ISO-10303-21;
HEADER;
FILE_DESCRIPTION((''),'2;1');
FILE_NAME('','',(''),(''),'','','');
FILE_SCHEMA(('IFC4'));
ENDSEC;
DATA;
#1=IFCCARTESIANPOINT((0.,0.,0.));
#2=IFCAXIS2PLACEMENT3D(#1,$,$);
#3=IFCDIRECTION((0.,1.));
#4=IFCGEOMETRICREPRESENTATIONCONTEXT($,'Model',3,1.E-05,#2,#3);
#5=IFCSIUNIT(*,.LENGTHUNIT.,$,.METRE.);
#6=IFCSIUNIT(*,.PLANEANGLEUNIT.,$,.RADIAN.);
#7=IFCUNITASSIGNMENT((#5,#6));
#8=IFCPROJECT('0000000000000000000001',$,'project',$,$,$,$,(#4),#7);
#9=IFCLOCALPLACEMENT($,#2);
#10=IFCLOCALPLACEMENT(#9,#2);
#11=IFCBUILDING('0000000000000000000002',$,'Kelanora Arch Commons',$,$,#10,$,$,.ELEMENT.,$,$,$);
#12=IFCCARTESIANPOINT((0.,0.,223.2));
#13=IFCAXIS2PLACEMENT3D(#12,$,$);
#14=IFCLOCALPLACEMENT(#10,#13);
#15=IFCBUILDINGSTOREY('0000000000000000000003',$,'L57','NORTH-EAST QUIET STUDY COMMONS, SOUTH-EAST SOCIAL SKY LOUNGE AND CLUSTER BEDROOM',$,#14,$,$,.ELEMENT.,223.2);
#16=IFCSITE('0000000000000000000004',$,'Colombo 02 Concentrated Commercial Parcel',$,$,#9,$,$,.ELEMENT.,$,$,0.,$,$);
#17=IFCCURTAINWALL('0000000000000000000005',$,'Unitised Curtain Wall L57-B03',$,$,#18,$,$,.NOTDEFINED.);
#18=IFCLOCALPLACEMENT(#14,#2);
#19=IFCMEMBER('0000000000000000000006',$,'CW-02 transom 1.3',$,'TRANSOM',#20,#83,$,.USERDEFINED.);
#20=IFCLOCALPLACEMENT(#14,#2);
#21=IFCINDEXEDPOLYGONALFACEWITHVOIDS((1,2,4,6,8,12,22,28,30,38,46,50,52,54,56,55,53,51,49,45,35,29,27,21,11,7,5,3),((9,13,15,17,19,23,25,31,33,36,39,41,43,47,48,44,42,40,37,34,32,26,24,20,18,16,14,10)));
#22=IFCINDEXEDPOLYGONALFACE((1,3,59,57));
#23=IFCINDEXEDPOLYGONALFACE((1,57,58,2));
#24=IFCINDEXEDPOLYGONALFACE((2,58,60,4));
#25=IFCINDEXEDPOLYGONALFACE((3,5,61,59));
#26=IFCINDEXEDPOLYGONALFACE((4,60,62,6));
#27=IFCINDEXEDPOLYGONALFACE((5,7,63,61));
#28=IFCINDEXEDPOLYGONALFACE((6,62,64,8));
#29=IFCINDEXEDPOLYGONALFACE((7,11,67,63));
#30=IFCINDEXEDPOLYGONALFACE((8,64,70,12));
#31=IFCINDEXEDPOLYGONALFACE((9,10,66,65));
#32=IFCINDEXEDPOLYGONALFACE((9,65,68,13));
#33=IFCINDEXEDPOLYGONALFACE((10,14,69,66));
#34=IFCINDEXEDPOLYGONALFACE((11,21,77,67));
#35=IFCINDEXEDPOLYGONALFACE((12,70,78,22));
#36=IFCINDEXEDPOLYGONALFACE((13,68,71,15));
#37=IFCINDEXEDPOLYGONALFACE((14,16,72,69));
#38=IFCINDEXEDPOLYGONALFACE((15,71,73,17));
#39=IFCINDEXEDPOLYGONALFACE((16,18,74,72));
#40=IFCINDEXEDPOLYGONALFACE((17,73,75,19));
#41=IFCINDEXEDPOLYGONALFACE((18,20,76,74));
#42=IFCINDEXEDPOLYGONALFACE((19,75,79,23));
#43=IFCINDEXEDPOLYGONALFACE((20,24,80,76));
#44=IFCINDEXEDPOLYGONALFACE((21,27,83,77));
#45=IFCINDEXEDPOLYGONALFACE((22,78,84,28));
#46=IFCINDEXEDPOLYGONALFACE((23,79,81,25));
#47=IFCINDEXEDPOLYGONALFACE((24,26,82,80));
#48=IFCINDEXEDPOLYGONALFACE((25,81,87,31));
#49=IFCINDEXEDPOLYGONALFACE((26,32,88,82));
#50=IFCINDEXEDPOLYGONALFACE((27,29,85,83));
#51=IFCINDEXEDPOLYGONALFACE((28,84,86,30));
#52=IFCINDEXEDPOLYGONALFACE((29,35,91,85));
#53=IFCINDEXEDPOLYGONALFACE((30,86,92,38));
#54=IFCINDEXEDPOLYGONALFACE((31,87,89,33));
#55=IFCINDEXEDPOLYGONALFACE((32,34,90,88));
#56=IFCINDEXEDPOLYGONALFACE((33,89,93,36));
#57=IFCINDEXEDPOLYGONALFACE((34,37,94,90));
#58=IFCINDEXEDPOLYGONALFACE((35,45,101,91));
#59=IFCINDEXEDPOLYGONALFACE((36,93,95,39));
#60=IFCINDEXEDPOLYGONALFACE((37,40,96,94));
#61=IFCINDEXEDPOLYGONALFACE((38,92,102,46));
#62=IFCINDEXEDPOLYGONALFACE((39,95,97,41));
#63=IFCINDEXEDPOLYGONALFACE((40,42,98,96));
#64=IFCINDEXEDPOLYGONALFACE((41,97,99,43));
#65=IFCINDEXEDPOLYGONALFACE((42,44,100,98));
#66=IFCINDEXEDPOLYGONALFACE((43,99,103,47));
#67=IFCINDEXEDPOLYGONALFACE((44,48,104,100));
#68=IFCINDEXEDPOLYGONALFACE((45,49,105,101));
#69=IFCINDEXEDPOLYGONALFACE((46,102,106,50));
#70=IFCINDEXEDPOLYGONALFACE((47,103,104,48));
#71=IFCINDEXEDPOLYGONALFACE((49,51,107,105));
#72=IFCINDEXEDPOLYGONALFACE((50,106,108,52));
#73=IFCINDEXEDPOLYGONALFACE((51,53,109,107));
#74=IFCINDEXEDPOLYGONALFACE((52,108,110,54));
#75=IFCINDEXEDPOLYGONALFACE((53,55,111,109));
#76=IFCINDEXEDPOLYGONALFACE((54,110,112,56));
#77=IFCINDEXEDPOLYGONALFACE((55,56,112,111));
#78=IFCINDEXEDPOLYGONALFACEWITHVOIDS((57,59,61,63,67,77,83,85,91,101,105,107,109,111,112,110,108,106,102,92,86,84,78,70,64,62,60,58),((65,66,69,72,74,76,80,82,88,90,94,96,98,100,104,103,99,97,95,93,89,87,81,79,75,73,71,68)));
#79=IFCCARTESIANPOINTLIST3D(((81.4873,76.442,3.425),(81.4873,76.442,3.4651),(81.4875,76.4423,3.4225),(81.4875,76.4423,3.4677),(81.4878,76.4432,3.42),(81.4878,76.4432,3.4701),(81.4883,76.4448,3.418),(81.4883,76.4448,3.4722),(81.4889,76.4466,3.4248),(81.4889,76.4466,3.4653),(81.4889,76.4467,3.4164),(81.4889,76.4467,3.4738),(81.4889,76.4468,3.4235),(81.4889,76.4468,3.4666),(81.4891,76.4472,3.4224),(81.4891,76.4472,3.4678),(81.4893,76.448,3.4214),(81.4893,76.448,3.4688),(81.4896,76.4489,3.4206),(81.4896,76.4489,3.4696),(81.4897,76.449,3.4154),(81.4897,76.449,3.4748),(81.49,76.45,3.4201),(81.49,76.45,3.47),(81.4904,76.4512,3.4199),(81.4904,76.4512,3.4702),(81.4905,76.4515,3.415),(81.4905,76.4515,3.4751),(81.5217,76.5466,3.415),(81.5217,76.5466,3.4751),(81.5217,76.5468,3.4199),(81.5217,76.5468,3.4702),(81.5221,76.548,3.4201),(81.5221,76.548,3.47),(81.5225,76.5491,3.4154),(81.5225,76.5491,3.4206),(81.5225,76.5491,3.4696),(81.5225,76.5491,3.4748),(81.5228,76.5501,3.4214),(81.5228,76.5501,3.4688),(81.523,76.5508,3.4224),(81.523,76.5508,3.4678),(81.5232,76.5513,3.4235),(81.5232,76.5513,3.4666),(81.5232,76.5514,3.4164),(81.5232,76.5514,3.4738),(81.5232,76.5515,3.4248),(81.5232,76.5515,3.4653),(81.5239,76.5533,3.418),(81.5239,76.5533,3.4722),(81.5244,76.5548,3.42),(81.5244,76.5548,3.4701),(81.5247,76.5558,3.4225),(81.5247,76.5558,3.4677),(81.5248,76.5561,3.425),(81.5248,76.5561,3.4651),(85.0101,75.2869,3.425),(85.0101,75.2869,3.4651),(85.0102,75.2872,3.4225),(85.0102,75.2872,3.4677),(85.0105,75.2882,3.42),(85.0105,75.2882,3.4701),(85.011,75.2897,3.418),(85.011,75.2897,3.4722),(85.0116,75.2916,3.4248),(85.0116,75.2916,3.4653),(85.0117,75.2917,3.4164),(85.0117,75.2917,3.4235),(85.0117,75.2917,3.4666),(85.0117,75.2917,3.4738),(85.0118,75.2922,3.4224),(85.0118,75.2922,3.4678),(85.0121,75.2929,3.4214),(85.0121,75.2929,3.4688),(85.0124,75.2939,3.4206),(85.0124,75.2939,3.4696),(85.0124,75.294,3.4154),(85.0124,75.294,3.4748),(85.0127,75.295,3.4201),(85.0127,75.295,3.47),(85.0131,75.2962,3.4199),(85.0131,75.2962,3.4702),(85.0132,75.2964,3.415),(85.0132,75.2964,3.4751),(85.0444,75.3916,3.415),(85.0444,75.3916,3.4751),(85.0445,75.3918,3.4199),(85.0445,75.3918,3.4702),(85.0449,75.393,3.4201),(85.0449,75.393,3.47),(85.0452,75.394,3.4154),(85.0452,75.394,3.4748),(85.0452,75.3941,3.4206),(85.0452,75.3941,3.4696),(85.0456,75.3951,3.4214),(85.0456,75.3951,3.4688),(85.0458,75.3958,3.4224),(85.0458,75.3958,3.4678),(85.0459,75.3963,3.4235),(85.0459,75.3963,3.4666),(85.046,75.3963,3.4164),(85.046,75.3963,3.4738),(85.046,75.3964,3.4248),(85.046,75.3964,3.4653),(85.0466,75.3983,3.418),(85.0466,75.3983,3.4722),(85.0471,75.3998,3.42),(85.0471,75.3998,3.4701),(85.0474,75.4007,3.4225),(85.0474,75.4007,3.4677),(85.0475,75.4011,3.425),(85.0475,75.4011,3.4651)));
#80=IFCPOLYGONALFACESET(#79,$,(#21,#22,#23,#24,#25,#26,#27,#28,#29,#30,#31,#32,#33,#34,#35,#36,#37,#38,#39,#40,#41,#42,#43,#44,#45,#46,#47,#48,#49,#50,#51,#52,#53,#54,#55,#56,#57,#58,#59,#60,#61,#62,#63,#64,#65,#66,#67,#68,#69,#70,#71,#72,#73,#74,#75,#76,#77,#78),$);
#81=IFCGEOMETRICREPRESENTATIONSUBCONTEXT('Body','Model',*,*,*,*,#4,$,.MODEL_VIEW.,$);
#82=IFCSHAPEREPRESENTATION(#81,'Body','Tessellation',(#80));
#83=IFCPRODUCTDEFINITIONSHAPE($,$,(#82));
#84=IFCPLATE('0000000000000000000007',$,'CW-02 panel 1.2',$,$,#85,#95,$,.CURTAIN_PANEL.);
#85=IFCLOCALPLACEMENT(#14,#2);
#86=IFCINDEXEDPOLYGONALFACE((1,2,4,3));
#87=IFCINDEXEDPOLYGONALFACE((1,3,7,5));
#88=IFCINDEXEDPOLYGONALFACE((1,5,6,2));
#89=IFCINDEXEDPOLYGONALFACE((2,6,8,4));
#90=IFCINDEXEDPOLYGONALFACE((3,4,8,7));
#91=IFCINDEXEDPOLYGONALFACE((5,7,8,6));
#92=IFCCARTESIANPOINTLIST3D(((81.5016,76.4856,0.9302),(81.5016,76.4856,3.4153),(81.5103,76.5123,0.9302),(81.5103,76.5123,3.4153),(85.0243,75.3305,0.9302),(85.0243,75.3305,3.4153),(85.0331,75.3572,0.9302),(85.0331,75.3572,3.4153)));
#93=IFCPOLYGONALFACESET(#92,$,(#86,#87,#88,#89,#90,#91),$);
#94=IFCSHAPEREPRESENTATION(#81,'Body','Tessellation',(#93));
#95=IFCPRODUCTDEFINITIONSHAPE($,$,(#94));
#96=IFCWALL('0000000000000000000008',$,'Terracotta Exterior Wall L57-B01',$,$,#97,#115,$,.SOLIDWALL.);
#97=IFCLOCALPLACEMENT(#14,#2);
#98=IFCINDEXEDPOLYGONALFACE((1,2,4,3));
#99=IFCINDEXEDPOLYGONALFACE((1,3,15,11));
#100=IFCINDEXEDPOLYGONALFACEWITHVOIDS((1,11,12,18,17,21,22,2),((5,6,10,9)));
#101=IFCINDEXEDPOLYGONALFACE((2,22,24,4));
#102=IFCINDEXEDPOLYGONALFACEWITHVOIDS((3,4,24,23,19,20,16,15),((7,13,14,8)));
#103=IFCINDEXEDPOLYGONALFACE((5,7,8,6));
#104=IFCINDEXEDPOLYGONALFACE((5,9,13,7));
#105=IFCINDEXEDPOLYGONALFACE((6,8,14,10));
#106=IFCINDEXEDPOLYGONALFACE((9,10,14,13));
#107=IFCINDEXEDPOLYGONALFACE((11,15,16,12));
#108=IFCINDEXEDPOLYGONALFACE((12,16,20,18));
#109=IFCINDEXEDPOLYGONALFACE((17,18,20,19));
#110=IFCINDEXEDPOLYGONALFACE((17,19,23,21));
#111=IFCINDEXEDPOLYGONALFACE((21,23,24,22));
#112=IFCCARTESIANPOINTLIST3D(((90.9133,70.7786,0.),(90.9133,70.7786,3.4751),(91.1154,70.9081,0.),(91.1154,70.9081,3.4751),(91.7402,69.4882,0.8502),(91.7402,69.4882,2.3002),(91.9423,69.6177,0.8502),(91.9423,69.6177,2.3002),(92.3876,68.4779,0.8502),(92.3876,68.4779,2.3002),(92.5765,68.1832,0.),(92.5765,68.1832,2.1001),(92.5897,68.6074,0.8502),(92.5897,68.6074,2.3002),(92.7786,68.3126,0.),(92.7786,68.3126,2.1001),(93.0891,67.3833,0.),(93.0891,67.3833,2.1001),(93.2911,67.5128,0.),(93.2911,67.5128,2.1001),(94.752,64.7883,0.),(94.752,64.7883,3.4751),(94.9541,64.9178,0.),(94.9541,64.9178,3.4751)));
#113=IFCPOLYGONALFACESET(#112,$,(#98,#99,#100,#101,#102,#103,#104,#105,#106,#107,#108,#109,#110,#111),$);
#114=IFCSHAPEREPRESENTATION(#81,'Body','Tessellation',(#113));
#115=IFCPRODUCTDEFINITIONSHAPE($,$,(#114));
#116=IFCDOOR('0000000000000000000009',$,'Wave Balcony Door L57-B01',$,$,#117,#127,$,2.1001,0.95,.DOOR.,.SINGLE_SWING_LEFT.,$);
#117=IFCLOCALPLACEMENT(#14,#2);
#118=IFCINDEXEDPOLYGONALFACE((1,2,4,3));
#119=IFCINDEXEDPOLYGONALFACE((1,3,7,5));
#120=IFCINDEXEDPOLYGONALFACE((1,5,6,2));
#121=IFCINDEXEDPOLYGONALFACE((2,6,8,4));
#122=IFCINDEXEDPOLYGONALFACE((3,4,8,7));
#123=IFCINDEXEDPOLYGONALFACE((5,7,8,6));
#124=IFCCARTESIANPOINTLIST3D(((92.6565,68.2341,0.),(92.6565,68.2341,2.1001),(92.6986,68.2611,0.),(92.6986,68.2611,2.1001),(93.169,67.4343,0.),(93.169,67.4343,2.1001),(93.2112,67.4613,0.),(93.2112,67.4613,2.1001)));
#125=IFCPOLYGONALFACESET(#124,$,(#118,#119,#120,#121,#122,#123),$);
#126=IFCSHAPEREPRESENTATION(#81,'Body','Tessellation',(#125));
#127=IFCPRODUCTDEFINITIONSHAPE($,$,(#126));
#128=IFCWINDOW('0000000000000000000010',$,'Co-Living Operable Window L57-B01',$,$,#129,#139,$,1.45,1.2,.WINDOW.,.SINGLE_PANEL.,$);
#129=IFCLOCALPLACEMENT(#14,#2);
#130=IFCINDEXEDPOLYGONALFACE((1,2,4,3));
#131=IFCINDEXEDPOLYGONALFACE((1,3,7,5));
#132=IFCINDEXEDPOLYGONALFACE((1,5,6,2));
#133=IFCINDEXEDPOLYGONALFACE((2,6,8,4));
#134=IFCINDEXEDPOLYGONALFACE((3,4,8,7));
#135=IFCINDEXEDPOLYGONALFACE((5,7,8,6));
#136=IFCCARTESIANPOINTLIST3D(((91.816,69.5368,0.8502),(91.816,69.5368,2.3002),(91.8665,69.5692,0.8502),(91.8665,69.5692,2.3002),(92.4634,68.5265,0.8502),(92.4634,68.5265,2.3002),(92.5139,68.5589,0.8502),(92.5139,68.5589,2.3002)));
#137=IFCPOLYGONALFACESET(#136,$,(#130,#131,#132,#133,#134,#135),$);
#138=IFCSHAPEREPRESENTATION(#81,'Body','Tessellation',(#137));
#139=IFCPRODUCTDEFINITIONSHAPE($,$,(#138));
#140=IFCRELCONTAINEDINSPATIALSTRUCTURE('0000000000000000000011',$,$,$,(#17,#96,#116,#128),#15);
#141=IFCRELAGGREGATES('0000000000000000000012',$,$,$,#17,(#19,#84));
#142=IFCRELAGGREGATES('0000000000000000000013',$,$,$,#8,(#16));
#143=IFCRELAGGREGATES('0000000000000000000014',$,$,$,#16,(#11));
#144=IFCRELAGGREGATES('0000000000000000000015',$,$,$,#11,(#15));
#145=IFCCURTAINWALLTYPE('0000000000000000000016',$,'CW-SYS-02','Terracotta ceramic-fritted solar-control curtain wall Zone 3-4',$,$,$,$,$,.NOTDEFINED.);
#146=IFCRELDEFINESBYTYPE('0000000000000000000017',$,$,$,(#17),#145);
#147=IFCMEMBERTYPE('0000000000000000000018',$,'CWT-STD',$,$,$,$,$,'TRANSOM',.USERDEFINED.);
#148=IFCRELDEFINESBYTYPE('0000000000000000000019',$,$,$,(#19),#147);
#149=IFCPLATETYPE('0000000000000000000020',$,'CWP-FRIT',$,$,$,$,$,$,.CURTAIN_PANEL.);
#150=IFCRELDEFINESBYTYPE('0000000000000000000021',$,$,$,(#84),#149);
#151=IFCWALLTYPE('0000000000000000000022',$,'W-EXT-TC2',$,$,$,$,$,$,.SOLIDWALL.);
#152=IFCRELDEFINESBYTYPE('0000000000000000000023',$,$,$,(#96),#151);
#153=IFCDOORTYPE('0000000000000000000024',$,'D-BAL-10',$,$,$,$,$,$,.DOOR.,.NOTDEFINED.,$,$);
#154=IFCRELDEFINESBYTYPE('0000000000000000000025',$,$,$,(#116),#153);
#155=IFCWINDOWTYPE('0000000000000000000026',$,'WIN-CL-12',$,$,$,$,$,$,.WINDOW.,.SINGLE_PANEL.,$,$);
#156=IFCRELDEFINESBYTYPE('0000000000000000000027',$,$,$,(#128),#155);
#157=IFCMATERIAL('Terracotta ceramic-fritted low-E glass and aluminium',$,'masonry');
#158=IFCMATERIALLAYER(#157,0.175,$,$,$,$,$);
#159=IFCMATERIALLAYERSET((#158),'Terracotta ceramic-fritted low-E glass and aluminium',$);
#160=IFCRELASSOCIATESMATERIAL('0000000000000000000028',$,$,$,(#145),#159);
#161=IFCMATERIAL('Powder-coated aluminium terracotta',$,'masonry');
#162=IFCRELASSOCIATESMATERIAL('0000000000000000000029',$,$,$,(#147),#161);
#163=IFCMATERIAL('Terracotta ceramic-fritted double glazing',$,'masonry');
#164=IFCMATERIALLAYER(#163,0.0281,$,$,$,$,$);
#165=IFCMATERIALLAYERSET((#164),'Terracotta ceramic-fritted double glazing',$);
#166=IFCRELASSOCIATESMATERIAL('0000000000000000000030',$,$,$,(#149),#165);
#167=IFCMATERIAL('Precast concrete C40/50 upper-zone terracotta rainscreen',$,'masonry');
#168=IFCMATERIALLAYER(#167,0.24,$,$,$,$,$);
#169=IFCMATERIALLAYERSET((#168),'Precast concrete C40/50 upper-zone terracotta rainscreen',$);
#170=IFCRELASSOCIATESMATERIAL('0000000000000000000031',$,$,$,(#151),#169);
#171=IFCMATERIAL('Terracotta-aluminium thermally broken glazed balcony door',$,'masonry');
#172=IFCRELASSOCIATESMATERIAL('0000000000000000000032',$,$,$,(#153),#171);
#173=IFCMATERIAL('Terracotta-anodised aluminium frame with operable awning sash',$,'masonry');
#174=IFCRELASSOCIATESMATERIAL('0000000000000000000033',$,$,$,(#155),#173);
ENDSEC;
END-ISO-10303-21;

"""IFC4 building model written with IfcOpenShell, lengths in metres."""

from ifc_helpers import new_model, si_unit, direction, frame, frame_2d, origin, origin_2d, place, context, subcontext, project, spatial, rectangle, hollow_rectangle, extrude, source, transform, mapped, material, layer, layer_set, material_profile, profile_set, type_object, element, fill, aggregate, save


model = new_model("IFC4")

# Units and contexts
model_context = context("Model", 3, precision=1e-05, world=origin(), true_north=direction((0.0, 1.0)))
body_context = subcontext(model_context, "Body", "Model", "MODEL_VIEW")
ifc_project = project(units=[si_unit("LENGTHUNIT", "METRE"), si_unit("PLANEANGLEUNIT", "RADIAN")], contexts=[model_context])

# Site, building, storey
site_placement = place(None, origin())
site = spatial("IfcSite", under=ifc_project, at=site_placement, Name="Colombo 02 Concentrated Commercial Parcel", CompositionType="ELEMENT", RefElevation=0.0)
building_placement = place(site_placement, origin())
building = spatial("IfcBuilding", under=site, at=building_placement, Name="Kelanora Arch Commons", CompositionType="ELEMENT")
storey_placement = place(building_placement, frame((0.0, 0.0, 223.2)))
storey = spatial("IfcBuildingStorey", under=building, at=storey_placement, Name="L57", Description="NORTH-EAST QUIET STUDY COMMONS, SOUTH-EAST SOCIAL SKY LOUNGE AND CLUSTER BEDROOM", CompositionType="ELEMENT", Elevation=223.2)

# Shared definitions
ifc_material_1 = material(Name="Terracotta ceramic-fritted low-E glass and aluminium", Category="masonry")
ifc_layer_1 = layer(ifc_material_1, 0.175)
ifc_layer_set_1 = layer_set([ifc_layer_1], Name="Terracotta ceramic-fritted low-E glass and aluminium")
curtain_wall_type = type_object("IfcCurtainWallType", Name="CW-SYS-02", Description="Terracotta ceramic-fritted solar-control curtain wall Zone 3-4", PredefinedType="NOTDEFINED", material=ifc_layer_set_1)
ifc_material_2 = material(Name="Powder-coated aluminium terracotta", Category="masonry")

# Curtain wall, member, plate
curtain_wall_1_placement = place(storey_placement, origin())
curtain_wall_1 = element("IfcCurtainWall", 1, at=curtain_wall_1_placement, inside=storey, type_object=curtain_wall_type, Name="Unitised Curtain Wall L57-B03", PredefinedType="NOTDEFINED")
ifc_material_profile_1 = material_profile(ifc_material_2, hollow_rectangle(XDim=0.1201, YDim=0.0601, WallThickness=0.0049, InnerFilletRadius=0.0049, OuterFilletRadius=0.01, at=origin_2d()), Name="CWT120x60")
ifc_profile_set_1 = profile_set([ifc_material_profile_1], Name="Powder-coated aluminium terracotta")
member_type_1 = type_object("IfcMemberType", Name="CWT-STD", ElementType="TRANSOM", PredefinedType="USERDEFINED", material=ifc_profile_set_1)
member_1_placement = place(storey_placement, frame((85.0288, 75.344, 3.4451), z_axis=(-0.950226, 0.311561, 0.0), x_axis=(-0.311561, -0.950226, 0.0)))
member_1 = element("IfcMember", 2, at=member_1_placement, type_object=member_type_1, Name="CW-02 transom 1.3", ObjectType="TRANSOM", PredefinedType="USERDEFINED", context=body_context, shape_type="SweptSolid", body=[
    extrude(hollow_rectangle(XDim=0.1201, YDim=0.0601, WallThickness=0.0049, InnerFilletRadius=0.0049, OuterFilletRadius=0.01, at=origin_2d()), origin(), (0.0, 0.0, 1.0), 3.7073),
])
ifc_material_3 = material(Name="Terracotta ceramic-fritted double glazing", Category="masonry")
ifc_layer_2 = layer(ifc_material_3, 0.0281)
ifc_layer_set_2 = layer_set([ifc_layer_2], Name="Terracotta ceramic-fritted double glazing")
plate_type = type_object("IfcPlateType", Name="CWP-FRIT", PredefinedType="CURTAIN_PANEL", material=ifc_layer_set_2)
shared_shape_1 = source(origin(), body_context, "Body", "SweptSolid", [
    extrude(rectangle(XDim=3.7073, YDim=0.0281, at=origin_2d()), origin(), (0.0, 0.0, 1.0), 2.4851),
])
plate_placement = place(storey_placement, frame((83.2673, 75.9214, 0.9302), z_axis=(0.0, 0.0, 1.0), x_axis=(-0.950219, 0.311582, 0.0)))
plate = element("IfcPlate", 3, at=plate_placement, type_object=plate_type, Name="CW-02 panel 1.2", PredefinedType="CURTAIN_PANEL", context=body_context, shape_type="MappedRepresentation", body=[
    mapped(shared_shape_1, transform((0.0, 0.0, 0.0), scale=1.0)),
])
aggregate(curtain_wall_1, [member_1, plate])

# Wall, openings, door, window
ifc_material_4 = material(Name="Precast concrete C40/50 upper-zone terracotta rainscreen", Category="masonry")
ifc_layer_3 = layer(ifc_material_4, 0.24)
ifc_layer_set_3 = layer_set([ifc_layer_3], Name="Precast concrete C40/50 upper-zone terracotta rainscreen")
wall_type = type_object("IfcWallType", Name="W-EXT-TC2", PredefinedType="SOLIDWALL", material=ifc_layer_set_3)
wall_1_placement = place(storey_placement, frame((94.853, 64.853, 0.0), z_axis=(0.0, 0.0, 1.0), x_axis=(-0.53954, 0.84196, 0.0)))
wall_1 = element("IfcWall", 4, at=wall_1_placement, inside=storey, type_object=wall_type, Name="Terracotta Exterior Wall L57-B01", PredefinedType="SOLIDWALL", context=body_context, shape_type="SweptSolid", body=[
    extrude(rectangle(XDim=7.1147, YDim=0.24, at=frame_2d((3.5574, 0.0))), origin(), (0.0, 0.0, 1.0), 3.4751),
])
opening_1_placement = place(wall_1_placement, frame((3.082, 0.0, 0.0)))
opening_1 = element("IfcOpeningElement", 5, at=opening_1_placement, cuts=wall_1, PredefinedType="OPENING", context=body_context, shape_type="SweptSolid", body=[
    extrude(rectangle(XDim=0.95, YDim=2.1001, at=frame_2d((0.4751, 1.05))), frame((0.0, 0.1299, 0.0), z_axis=(0.0, -1.0, 0.0), x_axis=(1.0, 0.0, 0.0)), (0.0, 0.0, 1.0), 0.26),
])
opening_2_placement = place(wall_1_placement, frame((4.3821, 0.0, 0.8501)))
opening_2 = element("IfcOpeningElement", 6, at=opening_2_placement, cuts=wall_1, PredefinedType="OPENING", context=body_context, shape_type="SweptSolid", body=[
    extrude(rectangle(XDim=1.2, YDim=1.45, at=frame_2d((0.6001, 0.7251))), frame((0.0, 0.1299, 0.0), z_axis=(0.0, -1.0, 0.0), x_axis=(1.0, 0.0, 0.0)), (0.0, 0.0, 1.0), 0.26),
])
ifc_material_5 = material(Name="Terracotta-aluminium thermally broken glazed balcony door", Category="masonry")
door_type = type_object("IfcDoorType", Name="D-BAL-10", OperationType="NOTDEFINED", PredefinedType="DOOR", material=ifc_material_5)
door_1_placement = place(opening_1_placement, frame((0.95, 0.0, 0.0), z_axis=(0.0, 0.0, 1.0), x_axis=(-1.0, 0.0, 0.0)))
door_1 = element("IfcDoor", 7, at=door_1_placement, inside=storey, type_object=door_type, Name="Wave Balcony Door L57-B01", OperationType="SINGLE_SWING_LEFT", OverallHeight=2.1001, OverallWidth=0.95, PredefinedType="DOOR", context=body_context, shape_type="SweptSolid", body=[
    extrude(rectangle(XDim=0.95, YDim=2.1001, at=frame_2d((0.4751, 1.05))), frame((0.0, 0.0249, 0.0), z_axis=(0.0, -1.0, 0.0), x_axis=(1.0, 0.0, 0.0)), (0.0, 0.0, 1.0), 0.05),
])
fill(opening_1, door_1)
ifc_material_6 = material(Name="Terracotta-anodised aluminium frame with operable awning sash", Category="masonry")
window_type = type_object("IfcWindowType", Name="WIN-CL-12", PartitioningType="SINGLE_PANEL", PredefinedType="WINDOW", material=ifc_material_6)
window_1_placement = place(opening_2_placement, origin())
window_1 = element("IfcWindow", 8, at=window_1_placement, inside=storey, type_object=window_type, Name="Co-Living Operable Window L57-B01", OverallHeight=1.45, OverallWidth=1.2, PartitioningType="SINGLE_PANEL", PredefinedType="WINDOW", context=body_context, shape_type="SweptSolid", body=[
    extrude(rectangle(XDim=1.2, YDim=1.45, at=frame_2d((0.6001, 0.7251))), frame((0.0, 0.03, 0.0), z_axis=(0.0, -1.0, 0.0), x_axis=(1.0, 0.0, 0.0)), (0.0, 0.0, 1.0), 0.0601),
])
fill(opening_2, window_1)

save(model, "model.ifc")
